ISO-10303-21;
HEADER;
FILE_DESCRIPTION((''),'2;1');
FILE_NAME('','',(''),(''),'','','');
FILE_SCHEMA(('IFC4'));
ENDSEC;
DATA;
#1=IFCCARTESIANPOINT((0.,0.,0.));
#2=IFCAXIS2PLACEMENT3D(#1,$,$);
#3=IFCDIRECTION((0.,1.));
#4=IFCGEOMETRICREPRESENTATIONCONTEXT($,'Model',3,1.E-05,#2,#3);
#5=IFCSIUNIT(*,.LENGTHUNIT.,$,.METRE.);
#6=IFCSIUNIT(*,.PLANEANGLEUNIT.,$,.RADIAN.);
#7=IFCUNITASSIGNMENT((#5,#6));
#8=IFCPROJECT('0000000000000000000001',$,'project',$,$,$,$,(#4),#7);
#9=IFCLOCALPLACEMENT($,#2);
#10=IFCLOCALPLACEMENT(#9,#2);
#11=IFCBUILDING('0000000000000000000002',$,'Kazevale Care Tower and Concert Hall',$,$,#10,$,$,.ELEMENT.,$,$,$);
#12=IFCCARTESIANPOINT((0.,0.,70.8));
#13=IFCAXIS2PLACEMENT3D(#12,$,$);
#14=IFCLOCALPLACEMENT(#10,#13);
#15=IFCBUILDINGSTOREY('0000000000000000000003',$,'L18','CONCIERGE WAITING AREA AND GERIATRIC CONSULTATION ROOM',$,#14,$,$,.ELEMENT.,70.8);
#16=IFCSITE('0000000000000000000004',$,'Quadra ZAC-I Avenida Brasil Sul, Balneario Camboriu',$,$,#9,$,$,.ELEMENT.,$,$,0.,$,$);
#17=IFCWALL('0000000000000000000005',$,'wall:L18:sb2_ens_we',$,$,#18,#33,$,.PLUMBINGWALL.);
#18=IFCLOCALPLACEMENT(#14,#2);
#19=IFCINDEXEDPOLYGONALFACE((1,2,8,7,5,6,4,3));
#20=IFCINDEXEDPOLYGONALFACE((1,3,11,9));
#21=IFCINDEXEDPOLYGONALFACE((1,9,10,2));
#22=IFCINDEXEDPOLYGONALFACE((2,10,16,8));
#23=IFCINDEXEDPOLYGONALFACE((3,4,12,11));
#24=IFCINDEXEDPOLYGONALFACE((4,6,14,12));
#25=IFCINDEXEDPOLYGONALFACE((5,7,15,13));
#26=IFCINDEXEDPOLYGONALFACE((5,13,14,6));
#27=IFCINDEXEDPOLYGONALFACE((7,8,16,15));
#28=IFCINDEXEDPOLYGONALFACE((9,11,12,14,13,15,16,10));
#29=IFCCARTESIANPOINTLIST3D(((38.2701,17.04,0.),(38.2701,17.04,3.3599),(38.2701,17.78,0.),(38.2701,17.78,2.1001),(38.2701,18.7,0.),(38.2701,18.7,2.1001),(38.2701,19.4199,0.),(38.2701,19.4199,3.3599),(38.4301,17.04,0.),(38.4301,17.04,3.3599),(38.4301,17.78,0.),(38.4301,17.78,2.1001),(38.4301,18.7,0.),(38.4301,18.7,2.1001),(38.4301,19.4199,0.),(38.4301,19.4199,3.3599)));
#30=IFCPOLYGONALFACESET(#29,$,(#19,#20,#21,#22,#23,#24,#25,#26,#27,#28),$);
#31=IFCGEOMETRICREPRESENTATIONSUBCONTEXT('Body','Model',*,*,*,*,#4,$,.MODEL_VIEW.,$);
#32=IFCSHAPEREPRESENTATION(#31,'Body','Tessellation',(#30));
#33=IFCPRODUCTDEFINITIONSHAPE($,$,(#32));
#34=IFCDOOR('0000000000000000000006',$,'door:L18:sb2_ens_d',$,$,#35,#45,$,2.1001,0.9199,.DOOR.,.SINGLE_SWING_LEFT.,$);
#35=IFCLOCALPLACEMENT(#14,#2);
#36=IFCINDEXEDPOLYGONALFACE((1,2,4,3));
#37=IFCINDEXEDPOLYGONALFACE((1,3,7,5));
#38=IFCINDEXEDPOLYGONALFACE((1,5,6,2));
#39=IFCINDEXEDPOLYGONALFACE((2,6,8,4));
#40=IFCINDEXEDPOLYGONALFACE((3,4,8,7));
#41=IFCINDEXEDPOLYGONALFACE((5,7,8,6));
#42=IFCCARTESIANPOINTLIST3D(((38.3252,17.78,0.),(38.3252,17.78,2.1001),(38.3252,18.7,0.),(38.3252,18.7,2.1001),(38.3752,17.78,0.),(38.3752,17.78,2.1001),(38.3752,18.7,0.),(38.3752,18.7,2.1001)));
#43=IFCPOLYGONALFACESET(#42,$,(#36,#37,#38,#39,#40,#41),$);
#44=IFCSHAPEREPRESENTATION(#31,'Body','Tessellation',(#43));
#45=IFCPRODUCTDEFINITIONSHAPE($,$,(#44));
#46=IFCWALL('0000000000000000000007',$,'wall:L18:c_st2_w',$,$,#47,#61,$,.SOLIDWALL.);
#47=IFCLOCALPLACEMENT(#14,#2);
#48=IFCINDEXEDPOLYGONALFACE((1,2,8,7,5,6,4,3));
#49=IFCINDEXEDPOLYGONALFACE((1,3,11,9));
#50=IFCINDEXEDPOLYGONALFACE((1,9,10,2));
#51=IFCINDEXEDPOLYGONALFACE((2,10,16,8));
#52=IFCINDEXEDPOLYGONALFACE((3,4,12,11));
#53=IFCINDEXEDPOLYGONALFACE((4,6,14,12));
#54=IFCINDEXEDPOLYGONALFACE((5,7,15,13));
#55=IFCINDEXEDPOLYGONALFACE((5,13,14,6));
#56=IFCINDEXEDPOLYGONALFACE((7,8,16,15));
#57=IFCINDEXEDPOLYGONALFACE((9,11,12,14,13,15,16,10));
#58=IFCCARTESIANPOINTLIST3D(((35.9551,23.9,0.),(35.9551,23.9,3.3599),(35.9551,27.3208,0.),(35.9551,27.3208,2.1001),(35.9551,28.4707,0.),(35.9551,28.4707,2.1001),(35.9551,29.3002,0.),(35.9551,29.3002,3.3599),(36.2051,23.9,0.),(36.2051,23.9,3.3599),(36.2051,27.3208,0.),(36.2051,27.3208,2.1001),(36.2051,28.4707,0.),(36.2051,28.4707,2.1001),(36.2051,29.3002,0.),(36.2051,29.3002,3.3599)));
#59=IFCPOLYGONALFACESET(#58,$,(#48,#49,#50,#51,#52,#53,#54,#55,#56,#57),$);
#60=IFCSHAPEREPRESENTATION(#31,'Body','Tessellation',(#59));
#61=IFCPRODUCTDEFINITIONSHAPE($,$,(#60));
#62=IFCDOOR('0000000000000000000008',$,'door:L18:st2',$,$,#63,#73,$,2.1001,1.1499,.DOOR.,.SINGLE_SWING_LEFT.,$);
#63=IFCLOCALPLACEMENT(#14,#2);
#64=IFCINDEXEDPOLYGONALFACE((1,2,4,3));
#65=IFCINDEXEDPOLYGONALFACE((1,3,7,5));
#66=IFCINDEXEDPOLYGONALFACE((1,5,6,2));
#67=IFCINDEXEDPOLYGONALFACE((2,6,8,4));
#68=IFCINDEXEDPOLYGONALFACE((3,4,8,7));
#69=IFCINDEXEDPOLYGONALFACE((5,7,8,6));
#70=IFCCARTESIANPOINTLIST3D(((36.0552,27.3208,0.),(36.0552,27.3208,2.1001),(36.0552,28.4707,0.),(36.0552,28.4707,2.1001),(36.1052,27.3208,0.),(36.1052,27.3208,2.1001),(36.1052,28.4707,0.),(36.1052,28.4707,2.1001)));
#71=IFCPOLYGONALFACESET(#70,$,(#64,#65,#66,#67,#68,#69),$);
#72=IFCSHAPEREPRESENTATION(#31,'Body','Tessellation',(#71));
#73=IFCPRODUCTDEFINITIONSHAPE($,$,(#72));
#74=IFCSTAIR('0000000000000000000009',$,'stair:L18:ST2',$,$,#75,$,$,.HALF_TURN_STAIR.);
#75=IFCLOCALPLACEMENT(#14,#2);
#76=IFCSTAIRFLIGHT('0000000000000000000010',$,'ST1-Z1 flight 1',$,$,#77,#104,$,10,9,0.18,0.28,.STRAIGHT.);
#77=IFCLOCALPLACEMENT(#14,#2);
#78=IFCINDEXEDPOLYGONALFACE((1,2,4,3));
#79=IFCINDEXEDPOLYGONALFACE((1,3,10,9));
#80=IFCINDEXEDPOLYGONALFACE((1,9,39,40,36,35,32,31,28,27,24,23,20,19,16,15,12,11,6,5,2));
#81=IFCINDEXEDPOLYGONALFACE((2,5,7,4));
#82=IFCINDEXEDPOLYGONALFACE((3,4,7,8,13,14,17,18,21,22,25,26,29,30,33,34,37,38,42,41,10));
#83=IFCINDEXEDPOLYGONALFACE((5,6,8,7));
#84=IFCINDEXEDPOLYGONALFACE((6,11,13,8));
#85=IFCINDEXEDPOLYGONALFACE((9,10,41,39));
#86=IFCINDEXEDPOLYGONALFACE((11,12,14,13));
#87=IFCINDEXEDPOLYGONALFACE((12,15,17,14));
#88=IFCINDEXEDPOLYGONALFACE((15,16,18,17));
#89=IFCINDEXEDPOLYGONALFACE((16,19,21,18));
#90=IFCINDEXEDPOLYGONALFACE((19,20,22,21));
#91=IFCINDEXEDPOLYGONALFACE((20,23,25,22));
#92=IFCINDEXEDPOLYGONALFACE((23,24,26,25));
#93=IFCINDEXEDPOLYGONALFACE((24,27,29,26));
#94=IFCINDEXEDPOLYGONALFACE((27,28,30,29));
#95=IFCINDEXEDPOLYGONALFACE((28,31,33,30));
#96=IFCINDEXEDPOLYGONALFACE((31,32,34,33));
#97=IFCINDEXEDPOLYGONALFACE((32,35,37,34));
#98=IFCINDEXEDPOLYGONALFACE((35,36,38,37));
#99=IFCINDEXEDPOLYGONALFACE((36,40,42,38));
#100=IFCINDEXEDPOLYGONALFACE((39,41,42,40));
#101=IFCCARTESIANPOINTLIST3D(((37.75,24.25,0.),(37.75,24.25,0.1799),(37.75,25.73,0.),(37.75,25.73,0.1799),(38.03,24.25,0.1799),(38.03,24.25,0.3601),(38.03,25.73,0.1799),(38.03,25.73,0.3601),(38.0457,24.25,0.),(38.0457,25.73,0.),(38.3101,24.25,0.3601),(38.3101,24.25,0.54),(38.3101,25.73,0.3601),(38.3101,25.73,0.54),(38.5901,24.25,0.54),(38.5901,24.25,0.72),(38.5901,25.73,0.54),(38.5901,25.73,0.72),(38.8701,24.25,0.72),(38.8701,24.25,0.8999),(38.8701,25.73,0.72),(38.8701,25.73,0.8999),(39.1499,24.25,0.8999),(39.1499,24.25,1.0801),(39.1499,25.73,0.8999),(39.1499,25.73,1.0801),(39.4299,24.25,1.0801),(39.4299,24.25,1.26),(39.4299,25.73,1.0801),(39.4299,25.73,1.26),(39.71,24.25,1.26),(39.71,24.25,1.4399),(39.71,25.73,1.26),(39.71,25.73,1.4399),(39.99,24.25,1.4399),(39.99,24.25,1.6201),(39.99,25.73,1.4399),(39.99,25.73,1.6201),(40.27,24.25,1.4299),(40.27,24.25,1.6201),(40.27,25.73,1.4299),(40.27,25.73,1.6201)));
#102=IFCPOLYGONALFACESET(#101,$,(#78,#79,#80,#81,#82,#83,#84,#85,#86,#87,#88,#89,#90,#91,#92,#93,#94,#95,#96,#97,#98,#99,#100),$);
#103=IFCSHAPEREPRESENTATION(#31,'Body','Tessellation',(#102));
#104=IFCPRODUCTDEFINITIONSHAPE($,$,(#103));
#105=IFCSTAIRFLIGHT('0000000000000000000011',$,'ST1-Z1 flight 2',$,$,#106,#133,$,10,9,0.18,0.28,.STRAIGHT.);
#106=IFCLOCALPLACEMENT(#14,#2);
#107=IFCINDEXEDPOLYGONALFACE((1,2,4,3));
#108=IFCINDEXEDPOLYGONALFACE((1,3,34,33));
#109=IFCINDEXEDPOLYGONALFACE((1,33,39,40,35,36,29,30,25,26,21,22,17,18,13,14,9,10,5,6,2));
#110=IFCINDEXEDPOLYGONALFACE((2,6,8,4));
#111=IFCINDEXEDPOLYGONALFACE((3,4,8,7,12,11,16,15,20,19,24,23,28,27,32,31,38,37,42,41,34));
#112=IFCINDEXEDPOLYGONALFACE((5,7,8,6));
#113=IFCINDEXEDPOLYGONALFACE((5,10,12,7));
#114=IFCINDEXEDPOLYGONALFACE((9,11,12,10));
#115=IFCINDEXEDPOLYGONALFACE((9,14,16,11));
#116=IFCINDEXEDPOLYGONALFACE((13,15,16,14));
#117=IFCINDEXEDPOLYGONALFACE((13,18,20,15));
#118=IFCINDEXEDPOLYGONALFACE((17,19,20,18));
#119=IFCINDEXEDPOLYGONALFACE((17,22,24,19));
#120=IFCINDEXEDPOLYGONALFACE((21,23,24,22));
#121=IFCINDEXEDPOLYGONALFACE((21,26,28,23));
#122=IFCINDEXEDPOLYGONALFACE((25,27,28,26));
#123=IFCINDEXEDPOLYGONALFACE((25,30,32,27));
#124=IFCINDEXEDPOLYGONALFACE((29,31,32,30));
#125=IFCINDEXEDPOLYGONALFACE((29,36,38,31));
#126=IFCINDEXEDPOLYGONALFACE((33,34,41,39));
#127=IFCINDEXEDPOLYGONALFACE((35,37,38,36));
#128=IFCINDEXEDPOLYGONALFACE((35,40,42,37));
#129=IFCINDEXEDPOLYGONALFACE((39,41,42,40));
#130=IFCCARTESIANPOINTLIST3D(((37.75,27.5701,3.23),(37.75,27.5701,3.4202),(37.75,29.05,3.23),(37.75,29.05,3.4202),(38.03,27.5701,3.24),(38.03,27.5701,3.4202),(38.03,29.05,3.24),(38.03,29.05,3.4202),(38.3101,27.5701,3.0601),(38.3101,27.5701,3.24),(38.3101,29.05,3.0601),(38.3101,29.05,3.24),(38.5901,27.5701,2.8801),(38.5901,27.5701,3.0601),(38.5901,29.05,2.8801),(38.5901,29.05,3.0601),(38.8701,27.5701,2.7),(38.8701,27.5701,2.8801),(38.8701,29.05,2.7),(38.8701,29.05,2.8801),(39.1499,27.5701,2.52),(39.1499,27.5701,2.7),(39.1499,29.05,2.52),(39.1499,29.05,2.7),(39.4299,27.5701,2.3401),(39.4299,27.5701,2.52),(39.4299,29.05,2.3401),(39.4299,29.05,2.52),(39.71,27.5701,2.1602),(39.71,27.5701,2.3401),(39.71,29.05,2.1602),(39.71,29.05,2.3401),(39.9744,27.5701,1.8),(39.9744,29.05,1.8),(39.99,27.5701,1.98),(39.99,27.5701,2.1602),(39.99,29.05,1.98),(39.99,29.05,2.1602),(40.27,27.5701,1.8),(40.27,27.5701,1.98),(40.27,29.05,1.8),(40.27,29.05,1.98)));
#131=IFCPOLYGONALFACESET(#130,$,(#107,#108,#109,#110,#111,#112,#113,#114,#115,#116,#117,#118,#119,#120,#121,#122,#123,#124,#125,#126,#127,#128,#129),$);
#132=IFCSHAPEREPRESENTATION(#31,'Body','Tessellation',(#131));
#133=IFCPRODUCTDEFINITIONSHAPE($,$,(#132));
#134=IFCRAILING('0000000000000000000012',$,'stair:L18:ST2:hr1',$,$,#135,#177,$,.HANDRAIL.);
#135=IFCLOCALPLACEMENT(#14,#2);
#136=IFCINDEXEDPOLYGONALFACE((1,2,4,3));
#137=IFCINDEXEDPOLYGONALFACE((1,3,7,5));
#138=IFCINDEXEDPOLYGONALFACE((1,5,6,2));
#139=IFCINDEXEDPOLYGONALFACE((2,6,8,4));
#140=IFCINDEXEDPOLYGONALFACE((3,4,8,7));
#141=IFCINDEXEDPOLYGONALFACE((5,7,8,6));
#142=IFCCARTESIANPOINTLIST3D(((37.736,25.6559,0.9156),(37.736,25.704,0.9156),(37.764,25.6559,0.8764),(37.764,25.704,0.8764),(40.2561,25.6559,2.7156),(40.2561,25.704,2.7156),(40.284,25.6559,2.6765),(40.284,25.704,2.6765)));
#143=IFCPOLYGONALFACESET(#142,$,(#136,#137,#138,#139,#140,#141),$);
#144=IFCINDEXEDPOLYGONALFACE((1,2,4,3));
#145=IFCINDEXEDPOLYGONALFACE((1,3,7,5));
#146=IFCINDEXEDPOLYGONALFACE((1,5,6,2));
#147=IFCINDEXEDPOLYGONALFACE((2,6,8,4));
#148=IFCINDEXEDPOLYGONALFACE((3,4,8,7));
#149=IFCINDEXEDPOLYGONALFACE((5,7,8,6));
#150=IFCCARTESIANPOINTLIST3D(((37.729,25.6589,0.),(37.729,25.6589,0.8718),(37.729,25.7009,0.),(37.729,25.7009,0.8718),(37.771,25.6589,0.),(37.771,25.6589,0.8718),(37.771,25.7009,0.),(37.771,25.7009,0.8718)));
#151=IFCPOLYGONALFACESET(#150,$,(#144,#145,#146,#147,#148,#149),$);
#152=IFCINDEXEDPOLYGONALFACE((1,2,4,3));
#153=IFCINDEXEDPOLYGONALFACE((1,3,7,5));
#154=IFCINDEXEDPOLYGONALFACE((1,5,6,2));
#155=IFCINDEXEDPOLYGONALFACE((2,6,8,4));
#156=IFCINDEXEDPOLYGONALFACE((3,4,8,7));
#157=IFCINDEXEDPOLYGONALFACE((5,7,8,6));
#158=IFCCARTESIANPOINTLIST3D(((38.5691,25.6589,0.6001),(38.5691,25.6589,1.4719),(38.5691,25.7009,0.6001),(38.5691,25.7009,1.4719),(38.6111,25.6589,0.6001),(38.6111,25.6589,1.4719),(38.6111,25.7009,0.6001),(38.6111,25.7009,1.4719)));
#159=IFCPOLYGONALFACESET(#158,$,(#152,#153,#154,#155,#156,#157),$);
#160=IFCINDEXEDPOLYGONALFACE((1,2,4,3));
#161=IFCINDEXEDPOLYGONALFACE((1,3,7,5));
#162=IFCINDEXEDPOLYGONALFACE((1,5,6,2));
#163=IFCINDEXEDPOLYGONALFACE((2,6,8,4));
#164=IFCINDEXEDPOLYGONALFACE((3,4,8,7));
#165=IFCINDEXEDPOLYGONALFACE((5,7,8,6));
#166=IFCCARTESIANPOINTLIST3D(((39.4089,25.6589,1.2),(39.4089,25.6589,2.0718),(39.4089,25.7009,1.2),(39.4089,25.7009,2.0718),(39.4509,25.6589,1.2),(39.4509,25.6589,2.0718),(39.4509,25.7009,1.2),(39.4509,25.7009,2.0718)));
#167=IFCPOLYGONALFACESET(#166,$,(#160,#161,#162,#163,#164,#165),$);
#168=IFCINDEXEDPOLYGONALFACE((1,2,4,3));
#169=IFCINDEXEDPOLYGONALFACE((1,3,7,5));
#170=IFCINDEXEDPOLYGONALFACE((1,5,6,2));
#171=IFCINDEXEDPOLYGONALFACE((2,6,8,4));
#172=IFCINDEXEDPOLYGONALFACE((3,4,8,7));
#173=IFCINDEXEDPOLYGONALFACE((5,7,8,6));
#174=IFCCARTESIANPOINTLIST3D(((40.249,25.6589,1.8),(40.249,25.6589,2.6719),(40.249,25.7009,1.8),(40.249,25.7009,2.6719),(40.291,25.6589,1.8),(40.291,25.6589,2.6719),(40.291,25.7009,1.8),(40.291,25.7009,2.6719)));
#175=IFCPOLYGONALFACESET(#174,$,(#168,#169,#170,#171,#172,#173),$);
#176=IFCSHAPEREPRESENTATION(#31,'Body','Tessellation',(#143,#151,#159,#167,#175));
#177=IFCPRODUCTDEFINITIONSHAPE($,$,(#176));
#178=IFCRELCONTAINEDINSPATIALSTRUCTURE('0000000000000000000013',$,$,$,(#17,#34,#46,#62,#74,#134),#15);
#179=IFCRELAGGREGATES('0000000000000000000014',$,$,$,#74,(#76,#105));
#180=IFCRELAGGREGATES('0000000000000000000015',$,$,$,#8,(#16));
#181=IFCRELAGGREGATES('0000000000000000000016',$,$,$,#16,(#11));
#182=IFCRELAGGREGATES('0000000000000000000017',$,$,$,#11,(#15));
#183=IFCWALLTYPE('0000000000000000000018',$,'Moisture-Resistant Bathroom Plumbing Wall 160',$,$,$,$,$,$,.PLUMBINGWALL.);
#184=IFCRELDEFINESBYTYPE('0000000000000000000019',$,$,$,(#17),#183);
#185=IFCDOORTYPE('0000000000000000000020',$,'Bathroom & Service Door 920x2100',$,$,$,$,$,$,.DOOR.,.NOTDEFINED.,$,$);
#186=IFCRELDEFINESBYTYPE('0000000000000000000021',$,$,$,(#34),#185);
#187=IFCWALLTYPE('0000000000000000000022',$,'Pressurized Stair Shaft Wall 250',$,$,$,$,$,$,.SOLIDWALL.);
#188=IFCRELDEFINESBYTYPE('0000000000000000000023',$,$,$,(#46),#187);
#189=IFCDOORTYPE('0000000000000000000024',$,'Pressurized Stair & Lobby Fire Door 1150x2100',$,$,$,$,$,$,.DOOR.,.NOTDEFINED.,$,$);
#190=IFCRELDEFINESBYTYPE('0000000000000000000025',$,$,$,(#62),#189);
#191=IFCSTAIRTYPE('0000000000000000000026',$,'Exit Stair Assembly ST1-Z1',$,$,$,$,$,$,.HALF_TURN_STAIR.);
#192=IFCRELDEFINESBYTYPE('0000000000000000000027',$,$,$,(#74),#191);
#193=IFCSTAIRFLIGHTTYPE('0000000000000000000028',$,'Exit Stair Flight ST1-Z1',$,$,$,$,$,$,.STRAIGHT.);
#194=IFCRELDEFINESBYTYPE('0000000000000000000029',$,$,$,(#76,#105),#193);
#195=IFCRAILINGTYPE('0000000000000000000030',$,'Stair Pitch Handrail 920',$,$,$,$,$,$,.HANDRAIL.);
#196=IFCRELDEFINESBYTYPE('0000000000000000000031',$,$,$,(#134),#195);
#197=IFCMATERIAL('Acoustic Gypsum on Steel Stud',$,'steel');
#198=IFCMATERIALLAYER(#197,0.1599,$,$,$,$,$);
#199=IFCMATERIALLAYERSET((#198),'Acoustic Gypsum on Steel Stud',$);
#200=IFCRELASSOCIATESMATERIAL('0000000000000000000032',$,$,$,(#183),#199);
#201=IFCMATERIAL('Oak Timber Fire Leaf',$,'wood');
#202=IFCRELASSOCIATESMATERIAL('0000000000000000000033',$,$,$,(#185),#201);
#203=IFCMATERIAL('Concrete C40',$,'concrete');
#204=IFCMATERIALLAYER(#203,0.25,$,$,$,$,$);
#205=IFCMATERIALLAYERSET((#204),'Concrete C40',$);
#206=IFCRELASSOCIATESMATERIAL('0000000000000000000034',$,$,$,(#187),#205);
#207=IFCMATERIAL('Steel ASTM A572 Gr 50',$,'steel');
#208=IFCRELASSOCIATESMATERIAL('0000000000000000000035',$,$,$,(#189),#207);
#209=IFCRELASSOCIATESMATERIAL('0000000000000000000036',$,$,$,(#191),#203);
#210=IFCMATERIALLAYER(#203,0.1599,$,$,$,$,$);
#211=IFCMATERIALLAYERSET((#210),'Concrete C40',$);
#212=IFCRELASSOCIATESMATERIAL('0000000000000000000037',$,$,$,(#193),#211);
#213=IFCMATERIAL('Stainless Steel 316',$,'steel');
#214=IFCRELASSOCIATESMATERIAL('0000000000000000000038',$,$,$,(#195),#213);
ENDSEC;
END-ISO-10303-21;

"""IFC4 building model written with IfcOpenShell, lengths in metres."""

from ifc_helpers import new_model, si_unit, direction, frame, frame_2d, origin, origin_2d, place, context, subcontext, project, spatial, polyline, rectangle, outline, extrude, material, layer, layer_set, type_object, element, fill, aggregate, save


model = new_model("IFC4")

# Units and contexts
model_context = context("Model", 3, precision=1e-05, world=origin(), true_north=direction((0.0, 1.0)))
body_context = subcontext(model_context, "Body", "Model", "MODEL_VIEW")
ifc_project = project(units=[si_unit("LENGTHUNIT", "METRE"), si_unit("PLANEANGLEUNIT", "RADIAN")], contexts=[model_context])

# Site, building, storey
site_placement = place(None, origin())
site = spatial("IfcSite", under=ifc_project, at=site_placement, Name="Quadra ZAC-I Avenida Brasil Sul, Balneario Camboriu", CompositionType="ELEMENT", RefElevation=0.0)
building_placement = place(site_placement, origin())
building = spatial("IfcBuilding", under=site, at=building_placement, Name="Kazevale Care Tower and Concert Hall", CompositionType="ELEMENT")
storey_placement = place(building_placement, frame((0.0, 0.0, 70.8)))
storey = spatial("IfcBuildingStorey", under=building, at=storey_placement, Name="L18", Description="CONCIERGE WAITING AREA AND GERIATRIC CONSULTATION ROOM", CompositionType="ELEMENT", Elevation=70.8)

# Shared definitions
ifc_material_1 = material(Name="Steel ASTM A572 Gr 50", Category="steel")

# Shared definitions
ifc_material_2 = material(Name="Oak Timber Fire Leaf", Category="wood")

# Shared definitions
ifc_material_3 = material(Name="Acoustic Gypsum on Steel Stud", Category="steel")
ifc_layer_1 = layer(ifc_material_3, 0.1599)
ifc_layer_set_1 = layer_set([ifc_layer_1], Name="Acoustic Gypsum on Steel Stud")
wall_type_1 = type_object("IfcWallType", Name="Moisture-Resistant Bathroom Plumbing Wall 160", PredefinedType="PLUMBINGWALL", material=ifc_layer_set_1)

# Walls, openings, doors
wall_1_placement = place(storey_placement, frame((38.3501, 17.04, 0.0), z_axis=(0.0, 0.0, 1.0), x_axis=(0.0, 1.0, 0.0)))
wall_1 = element("IfcWall", 1, at=wall_1_placement, inside=storey, type_object=wall_type_1, Name="wall:L18:sb2_ens_we", PredefinedType="PLUMBINGWALL", context=body_context, shape_type="SweptSolid", body=[
    extrude(rectangle(XDim=2.3799, YDim=0.1599, at=frame_2d((1.1899, 0.0))), origin(), (0.0, 0.0, 1.0), 3.3599),
])
opening_1_placement = place(wall_1_placement, frame((0.74, 0.0, 0.0)))
opening_1 = element("IfcOpeningElement", 2, at=opening_1_placement, cuts=wall_1, PredefinedType="OPENING", context=body_context, shape_type="SweptSolid", body=[
    extrude(rectangle(XDim=0.9199, YDim=2.1001, at=frame_2d((0.46, 1.05))), frame((0.0, 0.0898, 0.0), z_axis=(0.0, -1.0, 0.0), x_axis=(1.0, 0.0, 0.0)), (0.0, 0.0, 1.0), 0.1799),
])
door_type_1 = type_object("IfcDoorType", Name="Bathroom & Service Door 920x2100", OperationType="NOTDEFINED", PredefinedType="DOOR", material=ifc_material_2)
door_1_placement = place(opening_1_placement, origin())
door_1 = element("IfcDoor", 3, at=door_1_placement, inside=storey, type_object=door_type_1, Name="door:L18:sb2_ens_d", OperationType="SINGLE_SWING_LEFT", OverallHeight=2.1001, OverallWidth=0.9199, PredefinedType="DOOR", context=body_context, shape_type="SweptSolid", body=[
    extrude(rectangle(XDim=0.9199, YDim=2.1001, at=frame_2d((0.46, 1.05))), frame((0.0, 0.0249, 0.0), z_axis=(0.0, -1.0, 0.0), x_axis=(1.0, 0.0, 0.0)), (0.0, 0.0, 1.0), 0.05),
])
fill(opening_1, door_1)
ifc_material_4 = material(Name="Concrete C40", Category="concrete")
ifc_layer_2 = layer(ifc_material_4, 0.25)
ifc_layer_set_2 = layer_set([ifc_layer_2], Name="Concrete C40")
wall_type_2 = type_object("IfcWallType", Name="Pressurized Stair Shaft Wall 250", PredefinedType="SOLIDWALL", material=ifc_layer_set_2)
wall_2_placement = place(storey_placement, frame((36.0801, 23.8999, 0.0), z_axis=(0.0, 0.0, 1.0), x_axis=(0.0, 1.0, 0.0)))
wall_2 = element("IfcWall", 4, at=wall_2_placement, inside=storey, type_object=wall_type_2, Name="wall:L18:c_st2_w", PredefinedType="SOLIDWALL", context=body_context, shape_type="SweptSolid", body=[
    extrude(rectangle(XDim=5.4001, YDim=0.25, at=frame_2d((2.7002, 0.0))), origin(), (0.0, 0.0, 1.0), 3.3599),
])
opening_2_placement = place(wall_2_placement, frame((3.4209, 0.0, 0.0)))
opening_2 = element("IfcOpeningElement", 5, at=opening_2_placement, cuts=wall_2, PredefinedType="OPENING", context=body_context, shape_type="SweptSolid", body=[
    extrude(rectangle(XDim=1.1499, YDim=2.1001, at=frame_2d((0.575, 1.05))), frame((0.0, 0.135, 0.0), z_axis=(0.0, -1.0, 0.0), x_axis=(1.0, 0.0, 0.0)), (0.0, 0.0, 1.0), 0.27),
])
door_type_2 = type_object("IfcDoorType", Name="Pressurized Stair & Lobby Fire Door 1150x2100", OperationType="NOTDEFINED", PredefinedType="DOOR", material=ifc_material_1)
door_2_placement = place(opening_2_placement, origin())
door_2 = element("IfcDoor", 6, at=door_2_placement, inside=storey, type_object=door_type_2, Name="door:L18:st2", OperationType="SINGLE_SWING_LEFT", OverallHeight=2.1001, OverallWidth=1.1499, PredefinedType="DOOR", context=body_context, shape_type="SweptSolid", body=[
    extrude(rectangle(XDim=1.1499, YDim=2.1001, at=frame_2d((0.575, 1.05))), frame((0.0, 0.0249, 0.0), z_axis=(0.0, -1.0, 0.0), x_axis=(1.0, 0.0, 0.0)), (0.0, 0.0, 1.0), 0.05),
])
fill(opening_2, door_2)

# Stair, stair flights
stair_type = type_object("IfcStairType", Name="Exit Stair Assembly ST1-Z1", PredefinedType="HALF_TURN_STAIR", material=ifc_material_4)
stair_placement = place(storey_placement, origin())
stair = element("IfcStair", 7, at=stair_placement, inside=storey, type_object=stair_type, Name="stair:L18:ST2", PredefinedType="HALF_TURN_STAIR")
ifc_layer_3 = layer(ifc_material_4, 0.1599)
ifc_layer_set_3 = layer_set([ifc_layer_3], Name="Concrete C40")
stair_flight_type = type_object("IfcStairFlightType", Name="Exit Stair Flight ST1-Z1", PredefinedType="STRAIGHT", material=ifc_layer_set_3)
stair_flight_1_placement = place(storey_placement, frame((37.75, 24.99, 0.0), z_axis=(0.0, 0.0, 1.0), x_axis=(1.0, 0.0, 0.0)))
stair_flight_1 = element("IfcStairFlight", 8, at=stair_flight_1_placement, type_object=stair_flight_type, Name="ST1-Z1 flight 1", NumberOfRisers=10, NumberOfTreads=9, PredefinedType="STRAIGHT", RiserHeight=0.18, TreadLength=0.28, context=body_context, shape_type="SweptSolid", body=[
    extrude(outline(polyline([(0.0, 0.0), (0.0, 0.1799), (0.28, 0.1799), (0.28, 0.3601), (0.5601, 0.3601), (0.5601, 0.54), (0.8401, 0.54), (0.8401, 0.72), (1.1201, 0.72), (1.1201, 0.8999), (1.3999, 0.8999), (1.3999, 1.0801), (1.6799, 1.0801), (1.6799, 1.26), (1.96, 1.26), (1.96, 1.4399), (2.24, 1.4399), (2.24, 1.6201), (2.52, 1.6201), (2.52, 1.8), (2.52, 1.4299), (0.2957, 0.0), (0.0, 0.0)])), frame((0.0, 0.74, 0.0), z_axis=(0.0, -1.0, 0.0), x_axis=(1.0, 0.0, 0.0)), (0.0, 0.0, 1.0), 1.48),
])
stair_flight_2_placement = place(storey_placement, frame((40.27, 28.3101, 1.8), z_axis=(0.0, 0.0, 1.0), x_axis=(-1.0, 0.0, 0.0)))
stair_flight_2 = element("IfcStairFlight", 9, at=stair_flight_2_placement, type_object=stair_flight_type, Name="ST1-Z1 flight 2", NumberOfRisers=10, NumberOfTreads=9, PredefinedType="STRAIGHT", RiserHeight=0.18, TreadLength=0.28, context=body_context, shape_type="SweptSolid", body=[
    extrude(outline(polyline([(0.0, 0.0), (0.0, 0.1799), (0.28, 0.1799), (0.28, 0.3601), (0.5601, 0.3601), (0.5601, 0.54), (0.8401, 0.54), (0.8401, 0.72), (1.1201, 0.72), (1.1201, 0.8999), (1.3999, 0.8999), (1.3999, 1.0801), (1.6799, 1.0801), (1.6799, 1.26), (1.96, 1.26), (1.96, 1.4399), (2.24, 1.4399), (2.24, 1.6201), (2.52, 1.6201), (2.52, 1.8), (2.52, 1.4299), (0.2957, 0.0), (0.0, 0.0)])), frame((0.0, 0.74, 0.0), z_axis=(0.0, -1.0, 0.0), x_axis=(1.0, 0.0, 0.0)), (0.0, 0.0, 1.0), 1.48),
])
aggregate(stair, [stair_flight_1, stair_flight_2])

# Railing
ifc_material_5 = material(Name="Stainless Steel 316", Category="steel")
railing_type_1 = type_object("IfcRailingType", Name="Stair Pitch Handrail 920", PredefinedType="HANDRAIL", material=ifc_material_5)
railing_1_placement = place(storey_placement, frame((37.75, 25.6799, 0.0)))
element("IfcRailing", 10, at=railing_1_placement, inside=storey, type_object=railing_type_1, Name="stair:L18:ST2:hr1", PredefinedType="HANDRAIL", context=body_context, shape_type="SweptSolid", body=[
    extrude(rectangle(XDim=0.0481, YDim=0.0481, at=origin_2d()), frame((0.0, 0.0, 0.896), z_axis=(0.813728, 0.0, 0.581246), x_axis=(0.0, 1.0, 0.0)), (0.0, 0.0, 1.0), 3.0969),
    extrude(rectangle(XDim=0.042, YDim=0.042, at=origin_2d()), origin(), (0.0, 0.0, 1.0), 0.8718),
    extrude(rectangle(XDim=0.042, YDim=0.042, at=origin_2d()), frame((0.8401, 0.0, 0.6001)), (0.0, 0.0, 1.0), 0.8718),
    extrude(rectangle(XDim=0.042, YDim=0.042, at=origin_2d()), frame((1.6799, 0.0, 1.2)), (0.0, 0.0, 1.0), 0.8718),
    extrude(rectangle(XDim=0.042, YDim=0.042, at=origin_2d()), frame((2.52, 0.0, 1.8)), (0.0, 0.0, 1.0), 0.8718),
])

save(model, "model.ifc")
